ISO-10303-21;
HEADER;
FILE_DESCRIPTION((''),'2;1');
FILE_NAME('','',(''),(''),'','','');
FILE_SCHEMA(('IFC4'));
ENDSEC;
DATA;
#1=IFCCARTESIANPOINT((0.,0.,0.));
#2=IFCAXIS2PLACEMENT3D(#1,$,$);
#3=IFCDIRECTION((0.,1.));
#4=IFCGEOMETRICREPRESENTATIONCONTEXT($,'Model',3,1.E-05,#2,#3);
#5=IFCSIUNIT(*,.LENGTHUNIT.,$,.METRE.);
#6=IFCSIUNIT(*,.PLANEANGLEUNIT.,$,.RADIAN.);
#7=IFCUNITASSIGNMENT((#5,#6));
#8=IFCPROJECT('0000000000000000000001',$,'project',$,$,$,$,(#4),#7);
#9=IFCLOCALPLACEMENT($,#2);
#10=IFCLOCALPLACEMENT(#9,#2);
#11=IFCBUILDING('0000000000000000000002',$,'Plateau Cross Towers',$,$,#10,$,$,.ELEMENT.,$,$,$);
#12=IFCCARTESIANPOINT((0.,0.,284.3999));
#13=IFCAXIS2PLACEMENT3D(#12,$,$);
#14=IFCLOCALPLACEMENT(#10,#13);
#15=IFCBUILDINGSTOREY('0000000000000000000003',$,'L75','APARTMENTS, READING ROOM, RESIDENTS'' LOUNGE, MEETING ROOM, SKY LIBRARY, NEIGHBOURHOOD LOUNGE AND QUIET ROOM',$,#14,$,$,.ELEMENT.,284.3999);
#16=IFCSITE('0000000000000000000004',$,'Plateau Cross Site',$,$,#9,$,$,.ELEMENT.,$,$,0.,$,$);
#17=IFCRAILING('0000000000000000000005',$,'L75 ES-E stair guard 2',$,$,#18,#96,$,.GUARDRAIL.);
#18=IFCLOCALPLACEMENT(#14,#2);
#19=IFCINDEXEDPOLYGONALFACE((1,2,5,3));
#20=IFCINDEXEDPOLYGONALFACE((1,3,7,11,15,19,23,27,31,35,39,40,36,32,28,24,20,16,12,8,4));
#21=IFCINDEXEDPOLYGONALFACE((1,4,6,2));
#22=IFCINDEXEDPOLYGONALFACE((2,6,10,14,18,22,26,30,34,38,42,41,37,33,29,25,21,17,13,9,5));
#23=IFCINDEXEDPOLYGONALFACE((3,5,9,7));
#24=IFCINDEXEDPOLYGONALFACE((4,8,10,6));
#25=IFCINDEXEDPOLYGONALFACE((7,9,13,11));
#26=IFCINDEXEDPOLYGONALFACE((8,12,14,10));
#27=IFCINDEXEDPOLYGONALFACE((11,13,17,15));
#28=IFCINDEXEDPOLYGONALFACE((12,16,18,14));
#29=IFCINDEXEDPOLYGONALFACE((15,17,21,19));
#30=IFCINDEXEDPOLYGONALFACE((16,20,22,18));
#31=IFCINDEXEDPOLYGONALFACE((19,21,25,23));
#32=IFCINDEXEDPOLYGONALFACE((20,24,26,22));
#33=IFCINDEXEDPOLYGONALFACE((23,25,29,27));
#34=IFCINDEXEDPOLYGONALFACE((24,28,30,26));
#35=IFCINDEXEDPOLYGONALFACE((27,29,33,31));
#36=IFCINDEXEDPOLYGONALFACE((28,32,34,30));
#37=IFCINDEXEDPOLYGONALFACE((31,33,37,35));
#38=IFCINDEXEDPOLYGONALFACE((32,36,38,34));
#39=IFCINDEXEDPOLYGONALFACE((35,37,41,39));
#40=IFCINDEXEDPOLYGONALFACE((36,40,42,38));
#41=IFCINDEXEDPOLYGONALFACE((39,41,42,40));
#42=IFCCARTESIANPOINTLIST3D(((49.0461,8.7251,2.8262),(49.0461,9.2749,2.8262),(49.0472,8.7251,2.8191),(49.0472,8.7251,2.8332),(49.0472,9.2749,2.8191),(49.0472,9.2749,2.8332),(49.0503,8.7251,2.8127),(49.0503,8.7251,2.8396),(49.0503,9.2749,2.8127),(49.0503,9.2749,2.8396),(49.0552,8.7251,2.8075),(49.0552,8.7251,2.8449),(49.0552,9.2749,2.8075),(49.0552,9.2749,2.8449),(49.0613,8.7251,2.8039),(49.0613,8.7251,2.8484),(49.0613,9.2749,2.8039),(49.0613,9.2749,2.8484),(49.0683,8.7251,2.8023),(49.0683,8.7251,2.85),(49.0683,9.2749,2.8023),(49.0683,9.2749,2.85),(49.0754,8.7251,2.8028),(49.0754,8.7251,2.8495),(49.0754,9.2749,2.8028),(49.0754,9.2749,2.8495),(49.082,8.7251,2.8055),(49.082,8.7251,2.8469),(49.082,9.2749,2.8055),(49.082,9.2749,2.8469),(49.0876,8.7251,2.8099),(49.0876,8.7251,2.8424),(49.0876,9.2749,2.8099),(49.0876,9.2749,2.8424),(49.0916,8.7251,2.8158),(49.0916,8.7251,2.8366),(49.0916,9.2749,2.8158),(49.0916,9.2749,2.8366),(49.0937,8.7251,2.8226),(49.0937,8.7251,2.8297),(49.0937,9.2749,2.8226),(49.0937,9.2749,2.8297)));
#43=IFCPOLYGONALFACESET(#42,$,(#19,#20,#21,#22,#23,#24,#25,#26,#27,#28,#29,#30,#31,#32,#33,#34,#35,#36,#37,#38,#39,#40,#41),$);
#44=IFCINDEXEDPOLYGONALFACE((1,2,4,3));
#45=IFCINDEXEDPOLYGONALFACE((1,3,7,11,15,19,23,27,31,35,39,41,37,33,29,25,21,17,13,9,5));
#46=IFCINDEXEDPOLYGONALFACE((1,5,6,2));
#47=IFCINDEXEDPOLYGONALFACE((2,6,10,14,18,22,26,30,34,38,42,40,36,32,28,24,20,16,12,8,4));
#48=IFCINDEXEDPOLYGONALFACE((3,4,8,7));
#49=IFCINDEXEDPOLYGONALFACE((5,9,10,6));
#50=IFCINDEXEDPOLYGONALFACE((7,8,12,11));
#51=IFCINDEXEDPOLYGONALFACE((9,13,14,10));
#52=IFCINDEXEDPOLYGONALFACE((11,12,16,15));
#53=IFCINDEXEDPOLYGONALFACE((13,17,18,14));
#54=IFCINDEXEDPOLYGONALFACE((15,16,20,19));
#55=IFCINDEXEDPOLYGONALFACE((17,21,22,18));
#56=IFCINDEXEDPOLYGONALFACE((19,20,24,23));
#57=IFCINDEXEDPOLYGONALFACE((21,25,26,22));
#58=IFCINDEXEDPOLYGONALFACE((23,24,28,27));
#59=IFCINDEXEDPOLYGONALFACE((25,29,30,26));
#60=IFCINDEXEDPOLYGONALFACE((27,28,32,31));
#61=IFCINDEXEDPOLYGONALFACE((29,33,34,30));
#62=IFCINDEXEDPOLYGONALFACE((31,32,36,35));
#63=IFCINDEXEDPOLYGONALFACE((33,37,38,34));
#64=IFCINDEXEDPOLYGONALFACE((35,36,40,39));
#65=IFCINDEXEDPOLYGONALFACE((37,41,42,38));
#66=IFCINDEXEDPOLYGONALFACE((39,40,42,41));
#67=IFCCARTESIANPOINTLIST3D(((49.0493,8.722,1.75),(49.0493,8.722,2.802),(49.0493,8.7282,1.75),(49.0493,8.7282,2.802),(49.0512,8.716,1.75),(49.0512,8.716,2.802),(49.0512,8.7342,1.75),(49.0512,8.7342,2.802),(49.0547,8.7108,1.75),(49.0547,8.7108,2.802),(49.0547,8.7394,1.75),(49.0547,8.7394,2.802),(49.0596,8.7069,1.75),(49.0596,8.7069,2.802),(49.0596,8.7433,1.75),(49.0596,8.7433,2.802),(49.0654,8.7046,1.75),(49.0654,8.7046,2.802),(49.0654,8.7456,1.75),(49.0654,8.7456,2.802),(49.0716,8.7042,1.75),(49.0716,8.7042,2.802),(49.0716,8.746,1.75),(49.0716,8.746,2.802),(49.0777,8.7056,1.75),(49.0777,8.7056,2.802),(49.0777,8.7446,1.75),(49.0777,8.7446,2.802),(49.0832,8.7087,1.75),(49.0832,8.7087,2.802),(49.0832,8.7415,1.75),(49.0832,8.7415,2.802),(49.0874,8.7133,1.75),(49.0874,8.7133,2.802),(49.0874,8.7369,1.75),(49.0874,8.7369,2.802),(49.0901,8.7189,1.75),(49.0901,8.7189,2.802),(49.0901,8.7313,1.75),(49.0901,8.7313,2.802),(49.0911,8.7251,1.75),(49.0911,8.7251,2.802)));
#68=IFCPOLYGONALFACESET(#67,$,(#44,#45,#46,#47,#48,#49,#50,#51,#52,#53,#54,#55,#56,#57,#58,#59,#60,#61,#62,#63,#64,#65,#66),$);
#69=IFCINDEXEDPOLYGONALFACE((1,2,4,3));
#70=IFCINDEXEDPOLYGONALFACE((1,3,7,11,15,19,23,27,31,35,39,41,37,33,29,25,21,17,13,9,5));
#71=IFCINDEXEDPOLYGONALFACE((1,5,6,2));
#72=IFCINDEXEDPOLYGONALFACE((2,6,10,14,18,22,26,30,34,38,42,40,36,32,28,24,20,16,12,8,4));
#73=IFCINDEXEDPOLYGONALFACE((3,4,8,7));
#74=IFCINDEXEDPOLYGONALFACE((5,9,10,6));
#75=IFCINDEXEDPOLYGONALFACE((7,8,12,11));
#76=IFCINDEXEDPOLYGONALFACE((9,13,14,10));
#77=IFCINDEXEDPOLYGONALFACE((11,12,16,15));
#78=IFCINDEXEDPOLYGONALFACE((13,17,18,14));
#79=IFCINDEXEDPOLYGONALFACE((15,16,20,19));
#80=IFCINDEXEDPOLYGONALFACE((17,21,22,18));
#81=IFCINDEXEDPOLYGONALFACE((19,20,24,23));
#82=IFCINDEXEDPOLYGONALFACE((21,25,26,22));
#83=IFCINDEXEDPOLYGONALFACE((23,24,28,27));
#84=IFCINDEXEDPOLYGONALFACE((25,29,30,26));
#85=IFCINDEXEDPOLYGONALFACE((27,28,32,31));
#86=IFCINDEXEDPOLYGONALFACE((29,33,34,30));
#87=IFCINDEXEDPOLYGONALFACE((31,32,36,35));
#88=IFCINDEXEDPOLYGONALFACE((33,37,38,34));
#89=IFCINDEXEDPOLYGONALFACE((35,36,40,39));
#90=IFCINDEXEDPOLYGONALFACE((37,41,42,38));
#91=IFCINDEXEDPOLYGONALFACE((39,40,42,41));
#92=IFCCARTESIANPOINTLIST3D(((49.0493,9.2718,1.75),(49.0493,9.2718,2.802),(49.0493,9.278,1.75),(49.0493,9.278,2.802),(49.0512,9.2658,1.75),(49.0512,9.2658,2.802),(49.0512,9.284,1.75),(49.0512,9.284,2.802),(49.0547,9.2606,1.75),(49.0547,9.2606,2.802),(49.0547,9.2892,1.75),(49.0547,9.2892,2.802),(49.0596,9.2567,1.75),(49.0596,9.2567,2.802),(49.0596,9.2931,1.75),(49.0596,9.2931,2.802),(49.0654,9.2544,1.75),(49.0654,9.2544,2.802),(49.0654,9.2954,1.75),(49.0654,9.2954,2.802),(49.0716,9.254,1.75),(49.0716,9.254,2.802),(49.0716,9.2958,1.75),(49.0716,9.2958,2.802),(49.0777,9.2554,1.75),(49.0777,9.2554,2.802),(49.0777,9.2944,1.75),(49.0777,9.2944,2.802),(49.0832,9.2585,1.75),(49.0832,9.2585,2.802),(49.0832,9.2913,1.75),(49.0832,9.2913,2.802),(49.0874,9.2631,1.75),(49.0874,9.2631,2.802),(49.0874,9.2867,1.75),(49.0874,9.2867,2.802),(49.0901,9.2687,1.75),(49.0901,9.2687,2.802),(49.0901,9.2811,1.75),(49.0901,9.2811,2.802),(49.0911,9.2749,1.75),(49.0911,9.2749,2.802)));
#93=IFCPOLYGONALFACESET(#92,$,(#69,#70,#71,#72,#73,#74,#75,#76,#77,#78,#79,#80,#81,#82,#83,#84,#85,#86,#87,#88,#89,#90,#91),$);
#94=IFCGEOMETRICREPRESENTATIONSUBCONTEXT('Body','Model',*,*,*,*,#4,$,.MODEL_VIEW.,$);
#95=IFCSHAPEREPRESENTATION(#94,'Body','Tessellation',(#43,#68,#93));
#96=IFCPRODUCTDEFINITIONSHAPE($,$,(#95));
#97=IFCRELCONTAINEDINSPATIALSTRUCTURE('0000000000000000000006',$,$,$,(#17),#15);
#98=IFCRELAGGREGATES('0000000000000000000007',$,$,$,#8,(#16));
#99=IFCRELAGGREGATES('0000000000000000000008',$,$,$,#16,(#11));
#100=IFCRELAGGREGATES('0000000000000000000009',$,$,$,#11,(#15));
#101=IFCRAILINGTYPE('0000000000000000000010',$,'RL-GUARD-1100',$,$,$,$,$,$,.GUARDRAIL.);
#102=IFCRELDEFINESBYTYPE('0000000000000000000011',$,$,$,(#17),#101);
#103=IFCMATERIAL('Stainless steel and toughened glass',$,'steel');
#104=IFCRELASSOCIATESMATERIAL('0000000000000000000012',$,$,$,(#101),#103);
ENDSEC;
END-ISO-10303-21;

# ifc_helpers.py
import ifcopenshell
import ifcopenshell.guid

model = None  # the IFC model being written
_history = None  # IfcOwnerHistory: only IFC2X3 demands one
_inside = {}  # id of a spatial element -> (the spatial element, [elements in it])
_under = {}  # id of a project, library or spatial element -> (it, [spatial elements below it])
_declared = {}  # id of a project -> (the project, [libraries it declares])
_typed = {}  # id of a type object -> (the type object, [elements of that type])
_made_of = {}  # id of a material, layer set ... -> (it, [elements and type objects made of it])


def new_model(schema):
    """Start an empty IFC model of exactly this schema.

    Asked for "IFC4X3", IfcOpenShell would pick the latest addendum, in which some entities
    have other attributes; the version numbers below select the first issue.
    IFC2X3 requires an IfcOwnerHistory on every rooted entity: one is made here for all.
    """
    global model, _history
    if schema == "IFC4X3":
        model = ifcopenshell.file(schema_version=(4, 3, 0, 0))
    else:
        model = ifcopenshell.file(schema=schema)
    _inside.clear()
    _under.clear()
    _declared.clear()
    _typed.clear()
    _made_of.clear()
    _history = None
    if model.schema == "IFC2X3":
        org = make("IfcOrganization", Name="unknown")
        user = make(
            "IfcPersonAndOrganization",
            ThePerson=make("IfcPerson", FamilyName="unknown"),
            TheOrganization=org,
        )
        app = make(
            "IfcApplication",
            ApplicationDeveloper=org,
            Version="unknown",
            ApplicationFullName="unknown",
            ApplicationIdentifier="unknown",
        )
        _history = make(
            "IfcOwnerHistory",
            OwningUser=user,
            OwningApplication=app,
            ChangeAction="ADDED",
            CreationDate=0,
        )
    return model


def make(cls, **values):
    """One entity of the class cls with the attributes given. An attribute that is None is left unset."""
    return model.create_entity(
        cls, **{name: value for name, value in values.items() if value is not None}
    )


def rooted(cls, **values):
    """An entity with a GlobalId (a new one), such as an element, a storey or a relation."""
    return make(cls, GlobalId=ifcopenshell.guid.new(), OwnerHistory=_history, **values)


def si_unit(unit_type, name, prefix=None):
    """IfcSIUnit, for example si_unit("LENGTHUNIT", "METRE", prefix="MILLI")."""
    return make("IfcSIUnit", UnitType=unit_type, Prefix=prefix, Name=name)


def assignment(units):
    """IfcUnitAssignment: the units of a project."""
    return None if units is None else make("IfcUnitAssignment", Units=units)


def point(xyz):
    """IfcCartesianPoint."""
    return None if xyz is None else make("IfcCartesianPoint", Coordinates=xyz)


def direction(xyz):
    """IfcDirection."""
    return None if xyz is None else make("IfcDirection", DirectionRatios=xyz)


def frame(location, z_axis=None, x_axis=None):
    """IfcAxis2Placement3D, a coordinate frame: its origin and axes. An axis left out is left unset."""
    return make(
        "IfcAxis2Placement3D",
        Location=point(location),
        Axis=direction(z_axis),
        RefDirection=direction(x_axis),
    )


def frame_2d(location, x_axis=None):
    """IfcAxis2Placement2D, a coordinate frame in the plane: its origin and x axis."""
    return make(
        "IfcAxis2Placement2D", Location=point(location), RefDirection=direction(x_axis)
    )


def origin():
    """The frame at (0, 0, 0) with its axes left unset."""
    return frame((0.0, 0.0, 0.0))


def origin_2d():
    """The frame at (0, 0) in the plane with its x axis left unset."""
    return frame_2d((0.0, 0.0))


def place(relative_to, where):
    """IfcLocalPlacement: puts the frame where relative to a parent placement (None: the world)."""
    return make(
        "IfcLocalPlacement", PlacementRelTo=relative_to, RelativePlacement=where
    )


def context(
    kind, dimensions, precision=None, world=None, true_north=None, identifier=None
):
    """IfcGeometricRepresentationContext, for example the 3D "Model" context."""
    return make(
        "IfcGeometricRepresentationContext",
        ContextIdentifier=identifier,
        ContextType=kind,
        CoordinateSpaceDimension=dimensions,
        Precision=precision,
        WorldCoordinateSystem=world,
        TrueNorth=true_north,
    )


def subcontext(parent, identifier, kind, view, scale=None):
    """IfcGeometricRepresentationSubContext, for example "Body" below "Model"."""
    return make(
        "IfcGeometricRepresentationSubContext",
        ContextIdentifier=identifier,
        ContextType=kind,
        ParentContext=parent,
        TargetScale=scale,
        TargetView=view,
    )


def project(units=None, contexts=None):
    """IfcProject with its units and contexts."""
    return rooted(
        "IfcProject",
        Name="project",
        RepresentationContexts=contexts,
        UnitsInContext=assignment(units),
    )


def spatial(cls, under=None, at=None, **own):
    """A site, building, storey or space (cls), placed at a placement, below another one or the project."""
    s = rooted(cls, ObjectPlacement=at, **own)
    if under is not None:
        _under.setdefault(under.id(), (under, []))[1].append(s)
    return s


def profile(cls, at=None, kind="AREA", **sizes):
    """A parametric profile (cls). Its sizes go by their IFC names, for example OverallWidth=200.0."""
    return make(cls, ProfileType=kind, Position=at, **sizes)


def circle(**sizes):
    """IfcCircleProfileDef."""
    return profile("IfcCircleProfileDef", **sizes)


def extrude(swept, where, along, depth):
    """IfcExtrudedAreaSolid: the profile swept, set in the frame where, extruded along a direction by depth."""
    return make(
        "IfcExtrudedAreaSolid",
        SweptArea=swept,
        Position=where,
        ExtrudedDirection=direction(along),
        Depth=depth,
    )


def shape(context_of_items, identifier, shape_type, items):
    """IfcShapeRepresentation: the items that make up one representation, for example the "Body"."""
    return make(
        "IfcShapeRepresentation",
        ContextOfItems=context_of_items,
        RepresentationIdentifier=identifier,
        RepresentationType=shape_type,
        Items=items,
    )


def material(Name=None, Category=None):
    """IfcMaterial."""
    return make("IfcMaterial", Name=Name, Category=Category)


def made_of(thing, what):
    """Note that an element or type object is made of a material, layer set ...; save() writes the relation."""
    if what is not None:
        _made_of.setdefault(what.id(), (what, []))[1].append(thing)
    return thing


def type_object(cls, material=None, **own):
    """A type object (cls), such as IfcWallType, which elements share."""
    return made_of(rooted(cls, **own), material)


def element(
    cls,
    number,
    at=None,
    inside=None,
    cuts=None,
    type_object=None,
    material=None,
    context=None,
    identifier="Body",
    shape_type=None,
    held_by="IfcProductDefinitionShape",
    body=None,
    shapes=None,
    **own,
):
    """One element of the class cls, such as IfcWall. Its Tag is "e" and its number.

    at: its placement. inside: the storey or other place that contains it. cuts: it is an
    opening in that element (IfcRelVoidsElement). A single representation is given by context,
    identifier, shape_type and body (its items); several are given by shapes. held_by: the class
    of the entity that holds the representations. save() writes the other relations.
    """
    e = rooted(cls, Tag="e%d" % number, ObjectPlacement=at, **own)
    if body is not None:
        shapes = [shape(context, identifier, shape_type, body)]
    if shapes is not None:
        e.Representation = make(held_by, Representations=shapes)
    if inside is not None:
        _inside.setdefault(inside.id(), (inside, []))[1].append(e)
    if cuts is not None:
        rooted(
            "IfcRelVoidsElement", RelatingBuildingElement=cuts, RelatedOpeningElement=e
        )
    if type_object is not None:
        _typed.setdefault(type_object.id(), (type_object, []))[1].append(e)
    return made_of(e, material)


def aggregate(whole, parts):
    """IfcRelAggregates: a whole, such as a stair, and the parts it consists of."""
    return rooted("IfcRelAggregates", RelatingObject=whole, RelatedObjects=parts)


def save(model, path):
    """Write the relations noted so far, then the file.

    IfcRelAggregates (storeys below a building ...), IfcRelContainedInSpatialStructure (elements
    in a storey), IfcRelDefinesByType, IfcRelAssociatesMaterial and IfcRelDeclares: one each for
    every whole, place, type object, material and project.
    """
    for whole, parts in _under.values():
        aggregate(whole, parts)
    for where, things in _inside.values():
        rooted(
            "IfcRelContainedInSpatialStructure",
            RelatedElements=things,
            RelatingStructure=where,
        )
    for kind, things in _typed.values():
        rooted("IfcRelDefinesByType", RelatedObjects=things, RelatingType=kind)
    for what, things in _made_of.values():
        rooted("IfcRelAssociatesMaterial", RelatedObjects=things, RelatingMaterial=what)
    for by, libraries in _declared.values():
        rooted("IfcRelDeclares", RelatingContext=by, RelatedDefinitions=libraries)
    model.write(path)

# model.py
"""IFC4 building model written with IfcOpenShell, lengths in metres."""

from ifc_helpers import new_model, si_unit, direction, frame, origin, origin_2d, place, context, subcontext, project, spatial, circle, extrude, material, type_object, element, save


model = new_model("IFC4")

# Units and contexts
model_context = context("Model", 3, precision=1e-05, world=origin(), true_north=direction((0.0, 1.0)))
body_context = subcontext(model_context, "Body", "Model", "MODEL_VIEW")
ifc_project = project(units=[si_unit("LENGTHUNIT", "METRE"), si_unit("PLANEANGLEUNIT", "RADIAN")], contexts=[model_context])

# Site, building, storey
site_placement = place(None, origin())
site = spatial("IfcSite", under=ifc_project, at=site_placement, Name="Plateau Cross Site", CompositionType="ELEMENT", RefElevation=0.0)
building_placement = place(site_placement, origin())
building = spatial("IfcBuilding", under=site, at=building_placement, Name="Plateau Cross Towers", CompositionType="ELEMENT")
storey_placement = place(building_placement, frame((0.0, 0.0, 284.3999)))
storey = spatial("IfcBuildingStorey", under=building, at=storey_placement, Name="L75", Description="APARTMENTS, READING ROOM, RESIDENTS' LOUNGE, MEETING ROOM, SKY LIBRARY, NEIGHBOURHOOD LOUNGE AND QUIET ROOM", CompositionType="ELEMENT", Elevation=284.3999)

# Railing
ifc_material_1 = material(Name="Stainless steel and toughened glass", Category="steel")
railing_type_1 = type_object("IfcRailingType", Name="RL-GUARD-1100", PredefinedType="GUARDRAIL", material=ifc_material_1)
railing_1_placement = place(storey_placement, frame((49.0701, 8.7251, 1.75)))
element("IfcRailing", 1, at=railing_1_placement, inside=storey, type_object=railing_type_1, Name="L75 ES-E stair guard 2", PredefinedType="GUARDRAIL", context=body_context, shape_type="SweptSolid", body=[
    extrude(circle(Radius=0.0239, at=origin_2d()), frame((0.0, 0.0, 1.0762), z_axis=(0.0, 1.0, 0.0), x_axis=(-1.0, 0.0, 0.0)), (0.0, 0.0, 1.0), 0.5498),
    extrude(circle(Radius=0.021, at=origin_2d()), origin(), (0.0, 0.0, 1.0), 1.052),
    extrude(circle(Radius=0.021, at=origin_2d()), frame((0.0, 0.5498, 0.0)), (0.0, 0.0, 1.0), 1.052),
])

save(model, "model.ifc")
